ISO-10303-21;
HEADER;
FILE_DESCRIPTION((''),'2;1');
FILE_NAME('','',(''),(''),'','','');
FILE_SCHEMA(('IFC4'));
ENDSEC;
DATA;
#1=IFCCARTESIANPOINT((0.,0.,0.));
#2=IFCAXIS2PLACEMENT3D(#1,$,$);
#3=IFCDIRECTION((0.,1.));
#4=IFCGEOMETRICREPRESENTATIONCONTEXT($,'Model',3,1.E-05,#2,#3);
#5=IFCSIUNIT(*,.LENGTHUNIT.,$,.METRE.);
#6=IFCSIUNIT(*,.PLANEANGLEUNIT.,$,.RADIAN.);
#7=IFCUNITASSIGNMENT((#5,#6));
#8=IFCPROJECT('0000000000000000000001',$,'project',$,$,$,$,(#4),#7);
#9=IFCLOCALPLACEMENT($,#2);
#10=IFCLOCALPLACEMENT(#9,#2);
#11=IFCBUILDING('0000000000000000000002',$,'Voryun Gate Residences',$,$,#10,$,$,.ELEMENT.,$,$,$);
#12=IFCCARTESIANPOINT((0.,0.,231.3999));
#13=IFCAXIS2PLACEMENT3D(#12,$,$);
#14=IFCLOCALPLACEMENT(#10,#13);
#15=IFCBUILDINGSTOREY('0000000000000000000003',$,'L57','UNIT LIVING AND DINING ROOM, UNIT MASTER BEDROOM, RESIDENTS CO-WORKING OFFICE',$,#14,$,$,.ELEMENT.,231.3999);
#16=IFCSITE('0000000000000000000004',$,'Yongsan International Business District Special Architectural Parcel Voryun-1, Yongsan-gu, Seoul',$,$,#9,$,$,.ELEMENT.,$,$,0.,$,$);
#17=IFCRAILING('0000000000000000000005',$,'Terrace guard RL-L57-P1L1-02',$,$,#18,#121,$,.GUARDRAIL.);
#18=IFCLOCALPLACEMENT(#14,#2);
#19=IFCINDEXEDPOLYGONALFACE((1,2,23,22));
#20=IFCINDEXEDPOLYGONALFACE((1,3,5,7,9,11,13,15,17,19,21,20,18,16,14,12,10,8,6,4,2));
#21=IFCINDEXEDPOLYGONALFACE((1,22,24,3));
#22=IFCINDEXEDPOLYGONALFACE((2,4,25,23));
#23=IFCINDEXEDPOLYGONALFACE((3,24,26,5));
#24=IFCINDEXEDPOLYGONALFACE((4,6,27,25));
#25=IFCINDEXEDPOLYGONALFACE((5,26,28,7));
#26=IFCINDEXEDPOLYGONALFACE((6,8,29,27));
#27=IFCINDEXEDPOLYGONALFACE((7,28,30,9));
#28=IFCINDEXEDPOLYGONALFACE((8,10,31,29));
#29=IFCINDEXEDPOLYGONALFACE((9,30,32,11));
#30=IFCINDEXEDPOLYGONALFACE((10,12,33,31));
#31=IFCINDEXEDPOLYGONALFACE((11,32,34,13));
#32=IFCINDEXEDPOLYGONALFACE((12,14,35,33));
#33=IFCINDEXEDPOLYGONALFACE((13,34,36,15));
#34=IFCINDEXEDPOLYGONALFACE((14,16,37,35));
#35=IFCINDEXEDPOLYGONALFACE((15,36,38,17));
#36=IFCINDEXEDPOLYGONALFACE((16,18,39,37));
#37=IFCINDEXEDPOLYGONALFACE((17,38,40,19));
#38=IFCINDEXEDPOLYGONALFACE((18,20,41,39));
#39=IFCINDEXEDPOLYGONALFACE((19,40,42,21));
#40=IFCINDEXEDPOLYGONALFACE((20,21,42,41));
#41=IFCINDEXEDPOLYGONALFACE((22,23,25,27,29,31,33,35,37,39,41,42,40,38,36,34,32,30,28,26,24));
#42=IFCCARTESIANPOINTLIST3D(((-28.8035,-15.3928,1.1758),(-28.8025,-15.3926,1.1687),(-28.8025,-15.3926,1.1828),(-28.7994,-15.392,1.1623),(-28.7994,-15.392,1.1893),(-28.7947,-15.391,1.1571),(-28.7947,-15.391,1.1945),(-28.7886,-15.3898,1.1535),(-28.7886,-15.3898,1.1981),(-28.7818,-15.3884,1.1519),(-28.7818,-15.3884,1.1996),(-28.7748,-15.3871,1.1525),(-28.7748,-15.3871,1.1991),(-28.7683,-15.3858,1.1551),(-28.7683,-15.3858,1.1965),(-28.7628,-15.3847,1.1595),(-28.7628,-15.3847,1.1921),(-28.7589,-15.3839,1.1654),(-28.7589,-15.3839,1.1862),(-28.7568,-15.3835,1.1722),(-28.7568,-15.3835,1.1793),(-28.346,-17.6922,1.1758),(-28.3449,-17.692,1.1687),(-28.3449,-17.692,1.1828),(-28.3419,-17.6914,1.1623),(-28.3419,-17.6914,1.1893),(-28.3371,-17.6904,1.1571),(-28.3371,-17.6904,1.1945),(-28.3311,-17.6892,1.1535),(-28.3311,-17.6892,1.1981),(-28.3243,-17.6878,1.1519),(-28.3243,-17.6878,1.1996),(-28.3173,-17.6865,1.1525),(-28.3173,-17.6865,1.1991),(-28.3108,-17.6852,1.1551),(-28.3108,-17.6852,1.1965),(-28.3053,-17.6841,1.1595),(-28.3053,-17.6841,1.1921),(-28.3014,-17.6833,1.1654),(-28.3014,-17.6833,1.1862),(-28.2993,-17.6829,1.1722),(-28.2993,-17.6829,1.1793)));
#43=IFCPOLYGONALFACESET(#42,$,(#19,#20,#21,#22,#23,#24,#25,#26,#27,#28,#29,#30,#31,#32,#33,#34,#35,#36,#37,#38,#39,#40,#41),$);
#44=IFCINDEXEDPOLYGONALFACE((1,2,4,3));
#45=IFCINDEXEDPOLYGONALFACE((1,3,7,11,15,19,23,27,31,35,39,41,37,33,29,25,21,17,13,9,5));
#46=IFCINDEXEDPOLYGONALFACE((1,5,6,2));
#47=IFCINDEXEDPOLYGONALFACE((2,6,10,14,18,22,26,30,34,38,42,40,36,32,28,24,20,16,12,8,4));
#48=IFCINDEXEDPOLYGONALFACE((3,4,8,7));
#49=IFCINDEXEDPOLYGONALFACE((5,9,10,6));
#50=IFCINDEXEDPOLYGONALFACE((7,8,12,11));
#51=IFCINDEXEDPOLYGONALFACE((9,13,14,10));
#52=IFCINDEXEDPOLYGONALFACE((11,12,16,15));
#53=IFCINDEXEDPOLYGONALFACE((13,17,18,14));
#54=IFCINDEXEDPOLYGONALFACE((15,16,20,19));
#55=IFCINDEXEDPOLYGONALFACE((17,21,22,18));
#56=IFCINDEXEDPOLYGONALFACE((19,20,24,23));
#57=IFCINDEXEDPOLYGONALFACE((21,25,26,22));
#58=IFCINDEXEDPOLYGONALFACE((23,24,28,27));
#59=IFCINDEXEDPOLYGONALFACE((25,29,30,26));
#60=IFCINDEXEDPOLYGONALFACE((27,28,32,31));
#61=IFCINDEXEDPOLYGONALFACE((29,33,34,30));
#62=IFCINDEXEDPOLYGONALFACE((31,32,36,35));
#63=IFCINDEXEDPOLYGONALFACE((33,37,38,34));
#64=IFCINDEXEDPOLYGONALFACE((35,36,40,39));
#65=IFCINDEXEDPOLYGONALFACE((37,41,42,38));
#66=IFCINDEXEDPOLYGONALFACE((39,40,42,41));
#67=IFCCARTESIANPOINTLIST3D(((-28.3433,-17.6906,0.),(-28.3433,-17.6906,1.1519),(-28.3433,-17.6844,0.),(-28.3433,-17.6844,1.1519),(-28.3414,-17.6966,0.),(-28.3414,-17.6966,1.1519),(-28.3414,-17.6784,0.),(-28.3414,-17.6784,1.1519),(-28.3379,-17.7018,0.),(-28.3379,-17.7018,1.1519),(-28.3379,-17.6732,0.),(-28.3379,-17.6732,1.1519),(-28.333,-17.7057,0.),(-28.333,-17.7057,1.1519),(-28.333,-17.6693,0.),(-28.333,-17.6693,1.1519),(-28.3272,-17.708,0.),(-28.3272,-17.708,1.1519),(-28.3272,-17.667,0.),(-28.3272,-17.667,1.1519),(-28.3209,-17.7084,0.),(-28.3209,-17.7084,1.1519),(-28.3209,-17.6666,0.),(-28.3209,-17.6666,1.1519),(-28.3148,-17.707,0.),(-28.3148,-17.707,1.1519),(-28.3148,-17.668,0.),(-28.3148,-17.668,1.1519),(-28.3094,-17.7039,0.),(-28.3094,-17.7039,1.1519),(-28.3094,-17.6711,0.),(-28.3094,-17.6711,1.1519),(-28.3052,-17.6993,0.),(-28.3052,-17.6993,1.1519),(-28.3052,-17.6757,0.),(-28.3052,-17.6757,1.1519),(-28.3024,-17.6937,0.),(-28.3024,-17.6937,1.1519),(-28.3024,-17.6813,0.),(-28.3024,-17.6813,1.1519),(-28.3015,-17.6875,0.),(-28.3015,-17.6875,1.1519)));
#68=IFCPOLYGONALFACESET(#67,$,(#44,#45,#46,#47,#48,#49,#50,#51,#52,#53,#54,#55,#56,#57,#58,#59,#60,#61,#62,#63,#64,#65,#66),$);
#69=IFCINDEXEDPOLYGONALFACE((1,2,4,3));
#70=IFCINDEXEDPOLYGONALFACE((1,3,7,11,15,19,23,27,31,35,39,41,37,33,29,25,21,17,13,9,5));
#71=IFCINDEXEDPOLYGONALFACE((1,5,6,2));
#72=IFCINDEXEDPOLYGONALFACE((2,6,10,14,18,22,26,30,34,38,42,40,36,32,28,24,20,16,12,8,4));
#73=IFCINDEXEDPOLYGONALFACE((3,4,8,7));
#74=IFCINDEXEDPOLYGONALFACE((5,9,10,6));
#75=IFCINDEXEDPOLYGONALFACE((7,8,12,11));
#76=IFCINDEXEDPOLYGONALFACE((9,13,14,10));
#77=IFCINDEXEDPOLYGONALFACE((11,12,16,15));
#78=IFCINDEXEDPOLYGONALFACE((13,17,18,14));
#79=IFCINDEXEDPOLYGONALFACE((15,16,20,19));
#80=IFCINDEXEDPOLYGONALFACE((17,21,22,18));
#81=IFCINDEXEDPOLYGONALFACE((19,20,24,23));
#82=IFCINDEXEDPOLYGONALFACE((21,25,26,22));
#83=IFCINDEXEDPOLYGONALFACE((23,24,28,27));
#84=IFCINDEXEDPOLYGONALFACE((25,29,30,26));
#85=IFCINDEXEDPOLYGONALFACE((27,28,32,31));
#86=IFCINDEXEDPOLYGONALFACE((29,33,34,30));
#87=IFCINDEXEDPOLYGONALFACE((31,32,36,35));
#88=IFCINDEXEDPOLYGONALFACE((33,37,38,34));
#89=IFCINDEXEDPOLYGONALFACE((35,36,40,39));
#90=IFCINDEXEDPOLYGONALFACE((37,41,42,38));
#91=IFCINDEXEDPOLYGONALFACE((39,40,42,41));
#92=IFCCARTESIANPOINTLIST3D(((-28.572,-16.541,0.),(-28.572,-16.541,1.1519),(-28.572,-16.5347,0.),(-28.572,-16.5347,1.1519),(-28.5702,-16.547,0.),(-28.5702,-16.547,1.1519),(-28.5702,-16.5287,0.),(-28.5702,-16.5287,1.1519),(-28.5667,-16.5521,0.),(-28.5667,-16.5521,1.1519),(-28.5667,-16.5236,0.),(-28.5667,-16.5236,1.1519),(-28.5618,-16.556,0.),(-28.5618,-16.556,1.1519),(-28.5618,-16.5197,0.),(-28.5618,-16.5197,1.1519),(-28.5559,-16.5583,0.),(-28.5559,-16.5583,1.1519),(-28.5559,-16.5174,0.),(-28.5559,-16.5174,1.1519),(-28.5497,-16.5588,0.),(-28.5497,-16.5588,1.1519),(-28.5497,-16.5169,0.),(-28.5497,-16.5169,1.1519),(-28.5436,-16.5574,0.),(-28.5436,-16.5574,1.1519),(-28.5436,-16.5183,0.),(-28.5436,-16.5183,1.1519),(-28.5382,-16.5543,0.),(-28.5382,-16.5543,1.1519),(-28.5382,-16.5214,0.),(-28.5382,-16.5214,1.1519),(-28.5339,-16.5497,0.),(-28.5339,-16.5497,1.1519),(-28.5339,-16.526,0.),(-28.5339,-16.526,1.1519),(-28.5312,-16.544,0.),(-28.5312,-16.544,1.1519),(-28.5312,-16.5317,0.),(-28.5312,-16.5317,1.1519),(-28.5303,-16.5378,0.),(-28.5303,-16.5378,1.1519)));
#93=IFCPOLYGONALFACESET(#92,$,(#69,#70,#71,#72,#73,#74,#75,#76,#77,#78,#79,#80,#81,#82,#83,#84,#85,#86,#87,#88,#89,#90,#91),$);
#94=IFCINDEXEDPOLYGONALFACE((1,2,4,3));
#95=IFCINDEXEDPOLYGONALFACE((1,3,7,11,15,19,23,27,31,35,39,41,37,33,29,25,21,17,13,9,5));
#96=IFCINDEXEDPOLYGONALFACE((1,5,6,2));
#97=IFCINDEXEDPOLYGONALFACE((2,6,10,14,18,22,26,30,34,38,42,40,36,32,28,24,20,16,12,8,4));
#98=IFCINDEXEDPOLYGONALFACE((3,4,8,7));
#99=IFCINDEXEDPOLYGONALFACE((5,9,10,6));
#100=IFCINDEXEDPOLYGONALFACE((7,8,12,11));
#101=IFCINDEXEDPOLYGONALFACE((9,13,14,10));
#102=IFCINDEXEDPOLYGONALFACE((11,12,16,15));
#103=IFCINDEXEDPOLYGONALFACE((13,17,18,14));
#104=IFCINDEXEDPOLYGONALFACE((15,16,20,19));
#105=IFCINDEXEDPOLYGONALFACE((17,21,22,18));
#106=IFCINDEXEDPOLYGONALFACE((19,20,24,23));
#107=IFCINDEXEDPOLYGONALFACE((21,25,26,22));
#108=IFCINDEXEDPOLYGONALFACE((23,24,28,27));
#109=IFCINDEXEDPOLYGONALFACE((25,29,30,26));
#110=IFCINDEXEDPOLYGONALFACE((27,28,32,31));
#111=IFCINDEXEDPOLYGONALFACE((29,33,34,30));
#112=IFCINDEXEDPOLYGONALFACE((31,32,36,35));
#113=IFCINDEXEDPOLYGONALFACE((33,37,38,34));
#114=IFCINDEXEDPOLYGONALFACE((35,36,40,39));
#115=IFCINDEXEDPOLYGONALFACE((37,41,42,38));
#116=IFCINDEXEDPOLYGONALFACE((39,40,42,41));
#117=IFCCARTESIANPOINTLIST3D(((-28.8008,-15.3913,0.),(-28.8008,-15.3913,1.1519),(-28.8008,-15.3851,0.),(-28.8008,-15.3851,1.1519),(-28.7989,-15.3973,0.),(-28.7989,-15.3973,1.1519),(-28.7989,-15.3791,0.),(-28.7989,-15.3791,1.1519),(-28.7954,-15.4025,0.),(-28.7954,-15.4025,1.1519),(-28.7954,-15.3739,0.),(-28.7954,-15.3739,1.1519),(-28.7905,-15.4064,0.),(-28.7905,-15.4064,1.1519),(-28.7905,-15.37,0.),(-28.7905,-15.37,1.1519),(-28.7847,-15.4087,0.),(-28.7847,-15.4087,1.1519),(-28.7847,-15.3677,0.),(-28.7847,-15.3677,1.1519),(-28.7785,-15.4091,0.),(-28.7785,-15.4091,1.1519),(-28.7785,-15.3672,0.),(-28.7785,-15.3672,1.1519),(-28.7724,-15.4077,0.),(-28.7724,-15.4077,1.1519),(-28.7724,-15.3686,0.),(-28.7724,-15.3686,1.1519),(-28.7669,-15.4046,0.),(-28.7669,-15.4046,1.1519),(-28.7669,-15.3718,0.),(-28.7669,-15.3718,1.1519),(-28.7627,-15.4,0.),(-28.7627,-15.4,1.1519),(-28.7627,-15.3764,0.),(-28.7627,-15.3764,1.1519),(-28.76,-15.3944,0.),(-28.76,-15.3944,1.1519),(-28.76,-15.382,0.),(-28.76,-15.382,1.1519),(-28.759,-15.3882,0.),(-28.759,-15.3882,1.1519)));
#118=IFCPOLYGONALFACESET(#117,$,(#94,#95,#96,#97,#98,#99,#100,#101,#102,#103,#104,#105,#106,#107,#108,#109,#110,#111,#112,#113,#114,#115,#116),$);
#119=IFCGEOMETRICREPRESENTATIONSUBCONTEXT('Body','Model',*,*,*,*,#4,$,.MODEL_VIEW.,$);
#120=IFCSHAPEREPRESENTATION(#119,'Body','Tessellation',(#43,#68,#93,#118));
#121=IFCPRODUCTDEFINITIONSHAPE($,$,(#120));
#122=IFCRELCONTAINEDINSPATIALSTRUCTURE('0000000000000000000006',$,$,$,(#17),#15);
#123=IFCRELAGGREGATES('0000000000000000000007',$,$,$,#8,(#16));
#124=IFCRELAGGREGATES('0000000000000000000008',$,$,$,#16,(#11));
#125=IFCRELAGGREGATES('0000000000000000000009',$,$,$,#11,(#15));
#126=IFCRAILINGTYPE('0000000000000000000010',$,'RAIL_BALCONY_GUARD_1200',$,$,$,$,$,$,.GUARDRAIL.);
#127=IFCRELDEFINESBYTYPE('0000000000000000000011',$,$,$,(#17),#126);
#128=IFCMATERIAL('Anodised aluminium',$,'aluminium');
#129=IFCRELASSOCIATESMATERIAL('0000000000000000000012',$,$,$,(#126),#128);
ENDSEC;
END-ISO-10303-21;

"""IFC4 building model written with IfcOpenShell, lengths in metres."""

from ifc_helpers import new_model, si_unit, direction, frame, origin, origin_2d, place, context, subcontext, project, spatial, circle, extrude, material, type_object, element, save


model = new_model("IFC4")

# Units and contexts
model_context = context("Model", 3, precision=1e-05, world=origin(), true_north=direction((0.0, 1.0)))
body_context = subcontext(model_context, "Body", "Model", "MODEL_VIEW")
ifc_project = project(units=[si_unit("LENGTHUNIT", "METRE"), si_unit("PLANEANGLEUNIT", "RADIAN")], contexts=[model_context])

# Site, building, storey
site_placement = place(None, origin())
site = spatial("IfcSite", under=ifc_project, at=site_placement, Name="Yongsan International Business District Special Architectural Parcel Voryun-1, Yongsan-gu, Seoul", CompositionType="ELEMENT", RefElevation=0.0)
building_placement = place(site_placement, origin())
building = spatial("IfcBuilding", under=site, at=building_placement, Name="Voryun Gate Residences", CompositionType="ELEMENT")
storey_placement = place(building_placement, frame((0.0, 0.0, 231.3999)))
storey = spatial("IfcBuildingStorey", under=building, at=storey_placement, Name="L57", Description="UNIT LIVING AND DINING ROOM, UNIT MASTER BEDROOM, RESIDENTS CO-WORKING OFFICE", CompositionType="ELEMENT", Elevation=231.3999)

# Railing
ifc_material_1 = material(Name="Anodised aluminium", Category="aluminium")
railing_type = type_object("IfcRailingType", Name="RAIL_BALCONY_GUARD_1200", PredefinedType="GUARDRAIL", material=ifc_material_1)
railing_1_placement = place(storey_placement, frame((-28.3225, -17.6875, 0.0)))
element("IfcRailing", 1, at=railing_1_placement, inside=storey, type_object=railing_type, Name="Terrace guard RL-L57-P1L1-02", PredefinedType="GUARDRAIL", context=body_context, shape_type="SweptSolid", body=[
    extrude(circle(Radius=0.0239, at=origin_2d()), frame((0.0, 0.0, 1.1758), z_axis=(-0.195155, 0.980772, 0.0), x_axis=(-0.980772, -0.195155, 0.0)), (0.0, 0.0, 1.0), 2.3445),
    extrude(circle(Radius=0.021, at=origin_2d()), origin(), (0.0, 0.0, 1.0), 1.1519),
    extrude(circle(Radius=0.021, at=origin_2d()), frame((-0.2288, 1.1497, 0.0)), (0.0, 0.0, 1.0), 1.1519),
    extrude(circle(Radius=0.021, at=origin_2d()), frame((-0.4575, 2.2993, 0.0)), (0.0, 0.0, 1.0), 1.1519),
])

save(model, "model.ifc")
